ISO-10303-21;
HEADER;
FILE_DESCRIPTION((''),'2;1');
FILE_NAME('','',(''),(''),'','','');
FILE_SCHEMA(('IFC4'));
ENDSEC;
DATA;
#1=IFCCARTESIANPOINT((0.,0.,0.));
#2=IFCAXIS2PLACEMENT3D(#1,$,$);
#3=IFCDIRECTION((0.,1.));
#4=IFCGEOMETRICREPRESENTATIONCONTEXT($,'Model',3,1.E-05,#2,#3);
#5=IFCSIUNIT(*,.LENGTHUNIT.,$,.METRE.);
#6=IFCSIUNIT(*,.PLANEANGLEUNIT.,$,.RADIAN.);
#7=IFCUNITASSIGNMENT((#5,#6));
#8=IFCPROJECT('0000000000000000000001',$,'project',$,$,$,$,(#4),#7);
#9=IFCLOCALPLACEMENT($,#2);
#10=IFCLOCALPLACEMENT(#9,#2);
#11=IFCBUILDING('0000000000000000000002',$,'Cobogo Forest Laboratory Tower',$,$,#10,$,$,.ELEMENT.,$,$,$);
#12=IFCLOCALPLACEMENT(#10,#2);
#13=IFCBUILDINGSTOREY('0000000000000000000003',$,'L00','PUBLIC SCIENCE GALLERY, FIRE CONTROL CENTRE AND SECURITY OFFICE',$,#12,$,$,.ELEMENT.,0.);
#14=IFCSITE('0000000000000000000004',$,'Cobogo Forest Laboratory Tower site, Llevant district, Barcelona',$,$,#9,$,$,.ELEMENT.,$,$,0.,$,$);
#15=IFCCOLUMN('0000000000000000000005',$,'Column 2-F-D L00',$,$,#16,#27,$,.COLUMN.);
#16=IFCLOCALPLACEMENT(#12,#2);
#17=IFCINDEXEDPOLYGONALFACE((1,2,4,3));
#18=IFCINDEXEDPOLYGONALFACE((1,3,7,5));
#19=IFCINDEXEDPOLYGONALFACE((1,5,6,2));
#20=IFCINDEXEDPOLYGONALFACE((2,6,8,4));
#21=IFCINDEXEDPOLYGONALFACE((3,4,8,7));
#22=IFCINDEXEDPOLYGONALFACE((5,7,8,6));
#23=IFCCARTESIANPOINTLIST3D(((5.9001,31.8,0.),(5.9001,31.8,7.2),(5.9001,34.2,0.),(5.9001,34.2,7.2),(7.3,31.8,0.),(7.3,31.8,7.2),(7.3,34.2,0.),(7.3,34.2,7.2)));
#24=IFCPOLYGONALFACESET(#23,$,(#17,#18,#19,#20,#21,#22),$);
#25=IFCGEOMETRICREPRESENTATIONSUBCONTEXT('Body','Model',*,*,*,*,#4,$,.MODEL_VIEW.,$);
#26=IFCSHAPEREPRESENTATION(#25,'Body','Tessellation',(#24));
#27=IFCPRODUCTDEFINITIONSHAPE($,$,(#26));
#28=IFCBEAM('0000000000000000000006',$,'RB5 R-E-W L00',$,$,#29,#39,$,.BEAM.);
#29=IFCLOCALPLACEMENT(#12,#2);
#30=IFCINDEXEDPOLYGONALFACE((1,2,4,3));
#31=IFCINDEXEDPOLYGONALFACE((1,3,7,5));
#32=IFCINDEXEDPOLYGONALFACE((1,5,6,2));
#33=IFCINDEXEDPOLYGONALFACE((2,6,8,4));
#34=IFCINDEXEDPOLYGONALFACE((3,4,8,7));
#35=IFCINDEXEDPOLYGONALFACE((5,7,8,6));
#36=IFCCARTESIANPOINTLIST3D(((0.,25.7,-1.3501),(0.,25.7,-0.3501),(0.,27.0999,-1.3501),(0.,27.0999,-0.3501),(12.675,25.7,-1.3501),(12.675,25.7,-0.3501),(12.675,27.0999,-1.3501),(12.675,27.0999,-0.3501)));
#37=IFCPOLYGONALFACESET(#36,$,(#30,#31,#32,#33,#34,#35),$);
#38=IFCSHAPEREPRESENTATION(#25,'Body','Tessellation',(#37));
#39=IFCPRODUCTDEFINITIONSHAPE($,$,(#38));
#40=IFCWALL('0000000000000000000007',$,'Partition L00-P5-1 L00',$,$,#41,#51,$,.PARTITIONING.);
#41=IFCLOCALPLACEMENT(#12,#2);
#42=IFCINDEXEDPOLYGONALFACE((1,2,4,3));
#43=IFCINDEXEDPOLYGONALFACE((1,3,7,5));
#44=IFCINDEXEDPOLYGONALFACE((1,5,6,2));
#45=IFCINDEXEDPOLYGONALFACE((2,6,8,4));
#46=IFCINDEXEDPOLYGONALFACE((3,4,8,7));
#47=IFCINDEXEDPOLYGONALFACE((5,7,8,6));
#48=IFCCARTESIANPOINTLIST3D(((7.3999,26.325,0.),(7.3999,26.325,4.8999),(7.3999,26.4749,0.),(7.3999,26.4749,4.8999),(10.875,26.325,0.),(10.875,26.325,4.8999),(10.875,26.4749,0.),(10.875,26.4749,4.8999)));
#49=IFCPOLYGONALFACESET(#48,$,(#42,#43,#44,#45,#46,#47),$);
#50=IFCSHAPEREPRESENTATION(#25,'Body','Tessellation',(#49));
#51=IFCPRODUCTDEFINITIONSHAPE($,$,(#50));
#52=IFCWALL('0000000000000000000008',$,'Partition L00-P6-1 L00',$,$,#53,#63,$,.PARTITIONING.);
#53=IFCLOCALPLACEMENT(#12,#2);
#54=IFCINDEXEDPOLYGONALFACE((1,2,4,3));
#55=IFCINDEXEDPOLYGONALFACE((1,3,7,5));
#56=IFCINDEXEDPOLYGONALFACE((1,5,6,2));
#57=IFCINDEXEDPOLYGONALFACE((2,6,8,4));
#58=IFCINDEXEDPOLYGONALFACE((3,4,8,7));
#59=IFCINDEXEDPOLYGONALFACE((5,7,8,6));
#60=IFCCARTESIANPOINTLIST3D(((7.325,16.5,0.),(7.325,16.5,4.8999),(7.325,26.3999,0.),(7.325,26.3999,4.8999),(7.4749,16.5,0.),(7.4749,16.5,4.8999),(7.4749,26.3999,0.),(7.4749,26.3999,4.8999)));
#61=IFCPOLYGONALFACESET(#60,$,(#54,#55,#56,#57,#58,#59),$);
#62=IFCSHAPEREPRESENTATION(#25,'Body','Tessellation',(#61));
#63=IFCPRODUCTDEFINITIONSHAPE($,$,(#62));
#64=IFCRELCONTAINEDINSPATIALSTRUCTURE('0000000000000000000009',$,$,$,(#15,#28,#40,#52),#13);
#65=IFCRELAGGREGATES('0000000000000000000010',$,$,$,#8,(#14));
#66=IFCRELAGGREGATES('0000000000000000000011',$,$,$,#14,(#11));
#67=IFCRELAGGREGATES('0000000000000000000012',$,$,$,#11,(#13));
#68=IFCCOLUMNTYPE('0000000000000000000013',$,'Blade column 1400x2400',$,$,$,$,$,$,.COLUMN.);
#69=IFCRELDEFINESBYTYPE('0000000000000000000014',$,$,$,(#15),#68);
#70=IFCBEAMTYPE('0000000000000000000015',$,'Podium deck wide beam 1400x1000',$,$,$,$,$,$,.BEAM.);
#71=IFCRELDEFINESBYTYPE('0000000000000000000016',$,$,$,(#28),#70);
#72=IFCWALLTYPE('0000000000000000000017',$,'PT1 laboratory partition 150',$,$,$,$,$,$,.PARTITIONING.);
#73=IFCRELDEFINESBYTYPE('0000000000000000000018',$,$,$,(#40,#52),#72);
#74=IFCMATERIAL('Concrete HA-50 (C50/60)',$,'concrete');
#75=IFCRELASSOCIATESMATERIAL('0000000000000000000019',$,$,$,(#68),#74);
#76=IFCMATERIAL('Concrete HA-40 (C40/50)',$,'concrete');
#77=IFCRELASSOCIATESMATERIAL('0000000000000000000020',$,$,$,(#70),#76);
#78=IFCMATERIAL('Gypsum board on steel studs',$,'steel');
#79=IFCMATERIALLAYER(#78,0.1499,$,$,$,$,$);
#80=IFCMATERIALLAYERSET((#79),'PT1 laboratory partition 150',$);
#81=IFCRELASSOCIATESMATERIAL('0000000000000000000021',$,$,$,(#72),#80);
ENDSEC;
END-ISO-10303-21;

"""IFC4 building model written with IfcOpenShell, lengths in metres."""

from ifc_helpers import new_model, si_unit, direction, frame, frame_2d, origin, origin_2d, place, context, subcontext, project, spatial, rectangle, extrude, material, layer, layer_set, material_profile, profile_set, type_object, element, save


model = new_model("IFC4")

# Units and contexts
model_context = context("Model", 3, precision=1e-05, world=origin(), true_north=direction((0.0, 1.0)))
body_context = subcontext(model_context, "Body", "Model", "MODEL_VIEW")
ifc_project = project(units=[si_unit("LENGTHUNIT", "METRE"), si_unit("PLANEANGLEUNIT", "RADIAN")], contexts=[model_context])

# Site, building, storey
site_placement = place(None, origin())
site = spatial("IfcSite", under=ifc_project, at=site_placement, Name="Cobogo Forest Laboratory Tower site, Llevant district, Barcelona", CompositionType="ELEMENT", RefElevation=0.0)
building_placement = place(site_placement, origin())
building = spatial("IfcBuilding", under=site, at=building_placement, Name="Cobogo Forest Laboratory Tower", CompositionType="ELEMENT")
storey_placement = place(building_placement, origin())
storey = spatial("IfcBuildingStorey", under=building, at=storey_placement, Name="L00", Description="PUBLIC SCIENCE GALLERY, FIRE CONTROL CENTRE AND SECURITY OFFICE", CompositionType="ELEMENT", Elevation=0.0)

# Column
ifc_material_1 = material(Name="Concrete HA-50 (C50/60)", Category="concrete")
ifc_material_profile_1 = material_profile(ifc_material_1, rectangle(XDim=2.3999, YDim=1.3999, at=origin_2d()), Name="RC 1400x2400")
ifc_profile_set_1 = profile_set([ifc_material_profile_1], Name="Concrete HA-50 (C50/60)")
column_type = type_object("IfcColumnType", Name="Blade column 1400x2400", PredefinedType="COLUMN", material=ifc_profile_set_1)
column_placement = place(storey_placement, frame((6.6001, 33.0, 0.0), z_axis=(0.0, 0.0, 1.0), x_axis=(0.0, 1.0, 0.0)))
element("IfcColumn", 1, at=column_placement, inside=storey, type_object=column_type, Name="Column 2-F-D L00", PredefinedType="COLUMN", context=body_context, shape_type="SweptSolid", body=[
    extrude(rectangle(XDim=2.3999, YDim=1.3999, at=origin_2d()), origin(), (0.0, 0.0, 1.0), 7.2),
])

# Beam
ifc_material_2 = material(Name="Concrete HA-40 (C40/50)", Category="concrete")
ifc_material_profile_2 = material_profile(ifc_material_2, rectangle(XDim=1.3999, YDim=1.0, at=origin_2d()), Name="RC 1400x1000")
ifc_profile_set_2 = profile_set([ifc_material_profile_2], Name="Concrete HA-40 (C40/50)")
beam_type = type_object("IfcBeamType", Name="Podium deck wide beam 1400x1000", PredefinedType="BEAM", material=ifc_profile_set_2)
beam_placement = place(storey_placement, frame((12.675, 26.3999, -0.8501), z_axis=(-1.0, 0.0, 0.0), x_axis=(0.0, -1.0, 0.0)))
element("IfcBeam", 2, at=beam_placement, inside=storey, type_object=beam_type, Name="RB5 R-E-W L00", PredefinedType="BEAM", context=body_context, shape_type="SweptSolid", body=[
    extrude(rectangle(XDim=1.3999, YDim=1.0, at=origin_2d()), origin(), (0.0, 0.0, 1.0), 12.675),
])

# Walls
ifc_material_3 = material(Name="Gypsum board on steel studs", Category="steel")
ifc_layer = layer(ifc_material_3, 0.1499)
ifc_layer_set = layer_set([ifc_layer], Name="PT1 laboratory partition 150")
wall_type = type_object("IfcWallType", Name="PT1 laboratory partition 150", PredefinedType="PARTITIONING", material=ifc_layer_set)
wall_1_placement = place(storey_placement, frame((10.875, 26.3999, 0.0), z_axis=(0.0, 0.0, 1.0), x_axis=(-1.0, 0.0, 0.0)))
element("IfcWall", 3, at=wall_1_placement, inside=storey, type_object=wall_type, Name="Partition L00-P5-1 L00", PredefinedType="PARTITIONING", context=body_context, shape_type="SweptSolid", body=[
    extrude(rectangle(XDim=3.4751, YDim=0.1499, at=frame_2d((1.7375, 0.0))), origin(), (0.0, 0.0, 1.0), 4.8999),
])
wall_2_placement = place(storey_placement, frame((7.3999, 26.3999, 0.0), z_axis=(0.0, 0.0, 1.0), x_axis=(0.0, -1.0, 0.0)))
element("IfcWall", 4, at=wall_2_placement, inside=storey, type_object=wall_type, Name="Partition L00-P6-1 L00", PredefinedType="PARTITIONING", context=body_context, shape_type="SweptSolid", body=[
    extrude(rectangle(XDim=9.8999, YDim=0.1499, at=frame_2d((4.95, 0.0))), origin(), (0.0, 0.0, 1.0), 4.8999),
])

save(model, "model.ifc")
